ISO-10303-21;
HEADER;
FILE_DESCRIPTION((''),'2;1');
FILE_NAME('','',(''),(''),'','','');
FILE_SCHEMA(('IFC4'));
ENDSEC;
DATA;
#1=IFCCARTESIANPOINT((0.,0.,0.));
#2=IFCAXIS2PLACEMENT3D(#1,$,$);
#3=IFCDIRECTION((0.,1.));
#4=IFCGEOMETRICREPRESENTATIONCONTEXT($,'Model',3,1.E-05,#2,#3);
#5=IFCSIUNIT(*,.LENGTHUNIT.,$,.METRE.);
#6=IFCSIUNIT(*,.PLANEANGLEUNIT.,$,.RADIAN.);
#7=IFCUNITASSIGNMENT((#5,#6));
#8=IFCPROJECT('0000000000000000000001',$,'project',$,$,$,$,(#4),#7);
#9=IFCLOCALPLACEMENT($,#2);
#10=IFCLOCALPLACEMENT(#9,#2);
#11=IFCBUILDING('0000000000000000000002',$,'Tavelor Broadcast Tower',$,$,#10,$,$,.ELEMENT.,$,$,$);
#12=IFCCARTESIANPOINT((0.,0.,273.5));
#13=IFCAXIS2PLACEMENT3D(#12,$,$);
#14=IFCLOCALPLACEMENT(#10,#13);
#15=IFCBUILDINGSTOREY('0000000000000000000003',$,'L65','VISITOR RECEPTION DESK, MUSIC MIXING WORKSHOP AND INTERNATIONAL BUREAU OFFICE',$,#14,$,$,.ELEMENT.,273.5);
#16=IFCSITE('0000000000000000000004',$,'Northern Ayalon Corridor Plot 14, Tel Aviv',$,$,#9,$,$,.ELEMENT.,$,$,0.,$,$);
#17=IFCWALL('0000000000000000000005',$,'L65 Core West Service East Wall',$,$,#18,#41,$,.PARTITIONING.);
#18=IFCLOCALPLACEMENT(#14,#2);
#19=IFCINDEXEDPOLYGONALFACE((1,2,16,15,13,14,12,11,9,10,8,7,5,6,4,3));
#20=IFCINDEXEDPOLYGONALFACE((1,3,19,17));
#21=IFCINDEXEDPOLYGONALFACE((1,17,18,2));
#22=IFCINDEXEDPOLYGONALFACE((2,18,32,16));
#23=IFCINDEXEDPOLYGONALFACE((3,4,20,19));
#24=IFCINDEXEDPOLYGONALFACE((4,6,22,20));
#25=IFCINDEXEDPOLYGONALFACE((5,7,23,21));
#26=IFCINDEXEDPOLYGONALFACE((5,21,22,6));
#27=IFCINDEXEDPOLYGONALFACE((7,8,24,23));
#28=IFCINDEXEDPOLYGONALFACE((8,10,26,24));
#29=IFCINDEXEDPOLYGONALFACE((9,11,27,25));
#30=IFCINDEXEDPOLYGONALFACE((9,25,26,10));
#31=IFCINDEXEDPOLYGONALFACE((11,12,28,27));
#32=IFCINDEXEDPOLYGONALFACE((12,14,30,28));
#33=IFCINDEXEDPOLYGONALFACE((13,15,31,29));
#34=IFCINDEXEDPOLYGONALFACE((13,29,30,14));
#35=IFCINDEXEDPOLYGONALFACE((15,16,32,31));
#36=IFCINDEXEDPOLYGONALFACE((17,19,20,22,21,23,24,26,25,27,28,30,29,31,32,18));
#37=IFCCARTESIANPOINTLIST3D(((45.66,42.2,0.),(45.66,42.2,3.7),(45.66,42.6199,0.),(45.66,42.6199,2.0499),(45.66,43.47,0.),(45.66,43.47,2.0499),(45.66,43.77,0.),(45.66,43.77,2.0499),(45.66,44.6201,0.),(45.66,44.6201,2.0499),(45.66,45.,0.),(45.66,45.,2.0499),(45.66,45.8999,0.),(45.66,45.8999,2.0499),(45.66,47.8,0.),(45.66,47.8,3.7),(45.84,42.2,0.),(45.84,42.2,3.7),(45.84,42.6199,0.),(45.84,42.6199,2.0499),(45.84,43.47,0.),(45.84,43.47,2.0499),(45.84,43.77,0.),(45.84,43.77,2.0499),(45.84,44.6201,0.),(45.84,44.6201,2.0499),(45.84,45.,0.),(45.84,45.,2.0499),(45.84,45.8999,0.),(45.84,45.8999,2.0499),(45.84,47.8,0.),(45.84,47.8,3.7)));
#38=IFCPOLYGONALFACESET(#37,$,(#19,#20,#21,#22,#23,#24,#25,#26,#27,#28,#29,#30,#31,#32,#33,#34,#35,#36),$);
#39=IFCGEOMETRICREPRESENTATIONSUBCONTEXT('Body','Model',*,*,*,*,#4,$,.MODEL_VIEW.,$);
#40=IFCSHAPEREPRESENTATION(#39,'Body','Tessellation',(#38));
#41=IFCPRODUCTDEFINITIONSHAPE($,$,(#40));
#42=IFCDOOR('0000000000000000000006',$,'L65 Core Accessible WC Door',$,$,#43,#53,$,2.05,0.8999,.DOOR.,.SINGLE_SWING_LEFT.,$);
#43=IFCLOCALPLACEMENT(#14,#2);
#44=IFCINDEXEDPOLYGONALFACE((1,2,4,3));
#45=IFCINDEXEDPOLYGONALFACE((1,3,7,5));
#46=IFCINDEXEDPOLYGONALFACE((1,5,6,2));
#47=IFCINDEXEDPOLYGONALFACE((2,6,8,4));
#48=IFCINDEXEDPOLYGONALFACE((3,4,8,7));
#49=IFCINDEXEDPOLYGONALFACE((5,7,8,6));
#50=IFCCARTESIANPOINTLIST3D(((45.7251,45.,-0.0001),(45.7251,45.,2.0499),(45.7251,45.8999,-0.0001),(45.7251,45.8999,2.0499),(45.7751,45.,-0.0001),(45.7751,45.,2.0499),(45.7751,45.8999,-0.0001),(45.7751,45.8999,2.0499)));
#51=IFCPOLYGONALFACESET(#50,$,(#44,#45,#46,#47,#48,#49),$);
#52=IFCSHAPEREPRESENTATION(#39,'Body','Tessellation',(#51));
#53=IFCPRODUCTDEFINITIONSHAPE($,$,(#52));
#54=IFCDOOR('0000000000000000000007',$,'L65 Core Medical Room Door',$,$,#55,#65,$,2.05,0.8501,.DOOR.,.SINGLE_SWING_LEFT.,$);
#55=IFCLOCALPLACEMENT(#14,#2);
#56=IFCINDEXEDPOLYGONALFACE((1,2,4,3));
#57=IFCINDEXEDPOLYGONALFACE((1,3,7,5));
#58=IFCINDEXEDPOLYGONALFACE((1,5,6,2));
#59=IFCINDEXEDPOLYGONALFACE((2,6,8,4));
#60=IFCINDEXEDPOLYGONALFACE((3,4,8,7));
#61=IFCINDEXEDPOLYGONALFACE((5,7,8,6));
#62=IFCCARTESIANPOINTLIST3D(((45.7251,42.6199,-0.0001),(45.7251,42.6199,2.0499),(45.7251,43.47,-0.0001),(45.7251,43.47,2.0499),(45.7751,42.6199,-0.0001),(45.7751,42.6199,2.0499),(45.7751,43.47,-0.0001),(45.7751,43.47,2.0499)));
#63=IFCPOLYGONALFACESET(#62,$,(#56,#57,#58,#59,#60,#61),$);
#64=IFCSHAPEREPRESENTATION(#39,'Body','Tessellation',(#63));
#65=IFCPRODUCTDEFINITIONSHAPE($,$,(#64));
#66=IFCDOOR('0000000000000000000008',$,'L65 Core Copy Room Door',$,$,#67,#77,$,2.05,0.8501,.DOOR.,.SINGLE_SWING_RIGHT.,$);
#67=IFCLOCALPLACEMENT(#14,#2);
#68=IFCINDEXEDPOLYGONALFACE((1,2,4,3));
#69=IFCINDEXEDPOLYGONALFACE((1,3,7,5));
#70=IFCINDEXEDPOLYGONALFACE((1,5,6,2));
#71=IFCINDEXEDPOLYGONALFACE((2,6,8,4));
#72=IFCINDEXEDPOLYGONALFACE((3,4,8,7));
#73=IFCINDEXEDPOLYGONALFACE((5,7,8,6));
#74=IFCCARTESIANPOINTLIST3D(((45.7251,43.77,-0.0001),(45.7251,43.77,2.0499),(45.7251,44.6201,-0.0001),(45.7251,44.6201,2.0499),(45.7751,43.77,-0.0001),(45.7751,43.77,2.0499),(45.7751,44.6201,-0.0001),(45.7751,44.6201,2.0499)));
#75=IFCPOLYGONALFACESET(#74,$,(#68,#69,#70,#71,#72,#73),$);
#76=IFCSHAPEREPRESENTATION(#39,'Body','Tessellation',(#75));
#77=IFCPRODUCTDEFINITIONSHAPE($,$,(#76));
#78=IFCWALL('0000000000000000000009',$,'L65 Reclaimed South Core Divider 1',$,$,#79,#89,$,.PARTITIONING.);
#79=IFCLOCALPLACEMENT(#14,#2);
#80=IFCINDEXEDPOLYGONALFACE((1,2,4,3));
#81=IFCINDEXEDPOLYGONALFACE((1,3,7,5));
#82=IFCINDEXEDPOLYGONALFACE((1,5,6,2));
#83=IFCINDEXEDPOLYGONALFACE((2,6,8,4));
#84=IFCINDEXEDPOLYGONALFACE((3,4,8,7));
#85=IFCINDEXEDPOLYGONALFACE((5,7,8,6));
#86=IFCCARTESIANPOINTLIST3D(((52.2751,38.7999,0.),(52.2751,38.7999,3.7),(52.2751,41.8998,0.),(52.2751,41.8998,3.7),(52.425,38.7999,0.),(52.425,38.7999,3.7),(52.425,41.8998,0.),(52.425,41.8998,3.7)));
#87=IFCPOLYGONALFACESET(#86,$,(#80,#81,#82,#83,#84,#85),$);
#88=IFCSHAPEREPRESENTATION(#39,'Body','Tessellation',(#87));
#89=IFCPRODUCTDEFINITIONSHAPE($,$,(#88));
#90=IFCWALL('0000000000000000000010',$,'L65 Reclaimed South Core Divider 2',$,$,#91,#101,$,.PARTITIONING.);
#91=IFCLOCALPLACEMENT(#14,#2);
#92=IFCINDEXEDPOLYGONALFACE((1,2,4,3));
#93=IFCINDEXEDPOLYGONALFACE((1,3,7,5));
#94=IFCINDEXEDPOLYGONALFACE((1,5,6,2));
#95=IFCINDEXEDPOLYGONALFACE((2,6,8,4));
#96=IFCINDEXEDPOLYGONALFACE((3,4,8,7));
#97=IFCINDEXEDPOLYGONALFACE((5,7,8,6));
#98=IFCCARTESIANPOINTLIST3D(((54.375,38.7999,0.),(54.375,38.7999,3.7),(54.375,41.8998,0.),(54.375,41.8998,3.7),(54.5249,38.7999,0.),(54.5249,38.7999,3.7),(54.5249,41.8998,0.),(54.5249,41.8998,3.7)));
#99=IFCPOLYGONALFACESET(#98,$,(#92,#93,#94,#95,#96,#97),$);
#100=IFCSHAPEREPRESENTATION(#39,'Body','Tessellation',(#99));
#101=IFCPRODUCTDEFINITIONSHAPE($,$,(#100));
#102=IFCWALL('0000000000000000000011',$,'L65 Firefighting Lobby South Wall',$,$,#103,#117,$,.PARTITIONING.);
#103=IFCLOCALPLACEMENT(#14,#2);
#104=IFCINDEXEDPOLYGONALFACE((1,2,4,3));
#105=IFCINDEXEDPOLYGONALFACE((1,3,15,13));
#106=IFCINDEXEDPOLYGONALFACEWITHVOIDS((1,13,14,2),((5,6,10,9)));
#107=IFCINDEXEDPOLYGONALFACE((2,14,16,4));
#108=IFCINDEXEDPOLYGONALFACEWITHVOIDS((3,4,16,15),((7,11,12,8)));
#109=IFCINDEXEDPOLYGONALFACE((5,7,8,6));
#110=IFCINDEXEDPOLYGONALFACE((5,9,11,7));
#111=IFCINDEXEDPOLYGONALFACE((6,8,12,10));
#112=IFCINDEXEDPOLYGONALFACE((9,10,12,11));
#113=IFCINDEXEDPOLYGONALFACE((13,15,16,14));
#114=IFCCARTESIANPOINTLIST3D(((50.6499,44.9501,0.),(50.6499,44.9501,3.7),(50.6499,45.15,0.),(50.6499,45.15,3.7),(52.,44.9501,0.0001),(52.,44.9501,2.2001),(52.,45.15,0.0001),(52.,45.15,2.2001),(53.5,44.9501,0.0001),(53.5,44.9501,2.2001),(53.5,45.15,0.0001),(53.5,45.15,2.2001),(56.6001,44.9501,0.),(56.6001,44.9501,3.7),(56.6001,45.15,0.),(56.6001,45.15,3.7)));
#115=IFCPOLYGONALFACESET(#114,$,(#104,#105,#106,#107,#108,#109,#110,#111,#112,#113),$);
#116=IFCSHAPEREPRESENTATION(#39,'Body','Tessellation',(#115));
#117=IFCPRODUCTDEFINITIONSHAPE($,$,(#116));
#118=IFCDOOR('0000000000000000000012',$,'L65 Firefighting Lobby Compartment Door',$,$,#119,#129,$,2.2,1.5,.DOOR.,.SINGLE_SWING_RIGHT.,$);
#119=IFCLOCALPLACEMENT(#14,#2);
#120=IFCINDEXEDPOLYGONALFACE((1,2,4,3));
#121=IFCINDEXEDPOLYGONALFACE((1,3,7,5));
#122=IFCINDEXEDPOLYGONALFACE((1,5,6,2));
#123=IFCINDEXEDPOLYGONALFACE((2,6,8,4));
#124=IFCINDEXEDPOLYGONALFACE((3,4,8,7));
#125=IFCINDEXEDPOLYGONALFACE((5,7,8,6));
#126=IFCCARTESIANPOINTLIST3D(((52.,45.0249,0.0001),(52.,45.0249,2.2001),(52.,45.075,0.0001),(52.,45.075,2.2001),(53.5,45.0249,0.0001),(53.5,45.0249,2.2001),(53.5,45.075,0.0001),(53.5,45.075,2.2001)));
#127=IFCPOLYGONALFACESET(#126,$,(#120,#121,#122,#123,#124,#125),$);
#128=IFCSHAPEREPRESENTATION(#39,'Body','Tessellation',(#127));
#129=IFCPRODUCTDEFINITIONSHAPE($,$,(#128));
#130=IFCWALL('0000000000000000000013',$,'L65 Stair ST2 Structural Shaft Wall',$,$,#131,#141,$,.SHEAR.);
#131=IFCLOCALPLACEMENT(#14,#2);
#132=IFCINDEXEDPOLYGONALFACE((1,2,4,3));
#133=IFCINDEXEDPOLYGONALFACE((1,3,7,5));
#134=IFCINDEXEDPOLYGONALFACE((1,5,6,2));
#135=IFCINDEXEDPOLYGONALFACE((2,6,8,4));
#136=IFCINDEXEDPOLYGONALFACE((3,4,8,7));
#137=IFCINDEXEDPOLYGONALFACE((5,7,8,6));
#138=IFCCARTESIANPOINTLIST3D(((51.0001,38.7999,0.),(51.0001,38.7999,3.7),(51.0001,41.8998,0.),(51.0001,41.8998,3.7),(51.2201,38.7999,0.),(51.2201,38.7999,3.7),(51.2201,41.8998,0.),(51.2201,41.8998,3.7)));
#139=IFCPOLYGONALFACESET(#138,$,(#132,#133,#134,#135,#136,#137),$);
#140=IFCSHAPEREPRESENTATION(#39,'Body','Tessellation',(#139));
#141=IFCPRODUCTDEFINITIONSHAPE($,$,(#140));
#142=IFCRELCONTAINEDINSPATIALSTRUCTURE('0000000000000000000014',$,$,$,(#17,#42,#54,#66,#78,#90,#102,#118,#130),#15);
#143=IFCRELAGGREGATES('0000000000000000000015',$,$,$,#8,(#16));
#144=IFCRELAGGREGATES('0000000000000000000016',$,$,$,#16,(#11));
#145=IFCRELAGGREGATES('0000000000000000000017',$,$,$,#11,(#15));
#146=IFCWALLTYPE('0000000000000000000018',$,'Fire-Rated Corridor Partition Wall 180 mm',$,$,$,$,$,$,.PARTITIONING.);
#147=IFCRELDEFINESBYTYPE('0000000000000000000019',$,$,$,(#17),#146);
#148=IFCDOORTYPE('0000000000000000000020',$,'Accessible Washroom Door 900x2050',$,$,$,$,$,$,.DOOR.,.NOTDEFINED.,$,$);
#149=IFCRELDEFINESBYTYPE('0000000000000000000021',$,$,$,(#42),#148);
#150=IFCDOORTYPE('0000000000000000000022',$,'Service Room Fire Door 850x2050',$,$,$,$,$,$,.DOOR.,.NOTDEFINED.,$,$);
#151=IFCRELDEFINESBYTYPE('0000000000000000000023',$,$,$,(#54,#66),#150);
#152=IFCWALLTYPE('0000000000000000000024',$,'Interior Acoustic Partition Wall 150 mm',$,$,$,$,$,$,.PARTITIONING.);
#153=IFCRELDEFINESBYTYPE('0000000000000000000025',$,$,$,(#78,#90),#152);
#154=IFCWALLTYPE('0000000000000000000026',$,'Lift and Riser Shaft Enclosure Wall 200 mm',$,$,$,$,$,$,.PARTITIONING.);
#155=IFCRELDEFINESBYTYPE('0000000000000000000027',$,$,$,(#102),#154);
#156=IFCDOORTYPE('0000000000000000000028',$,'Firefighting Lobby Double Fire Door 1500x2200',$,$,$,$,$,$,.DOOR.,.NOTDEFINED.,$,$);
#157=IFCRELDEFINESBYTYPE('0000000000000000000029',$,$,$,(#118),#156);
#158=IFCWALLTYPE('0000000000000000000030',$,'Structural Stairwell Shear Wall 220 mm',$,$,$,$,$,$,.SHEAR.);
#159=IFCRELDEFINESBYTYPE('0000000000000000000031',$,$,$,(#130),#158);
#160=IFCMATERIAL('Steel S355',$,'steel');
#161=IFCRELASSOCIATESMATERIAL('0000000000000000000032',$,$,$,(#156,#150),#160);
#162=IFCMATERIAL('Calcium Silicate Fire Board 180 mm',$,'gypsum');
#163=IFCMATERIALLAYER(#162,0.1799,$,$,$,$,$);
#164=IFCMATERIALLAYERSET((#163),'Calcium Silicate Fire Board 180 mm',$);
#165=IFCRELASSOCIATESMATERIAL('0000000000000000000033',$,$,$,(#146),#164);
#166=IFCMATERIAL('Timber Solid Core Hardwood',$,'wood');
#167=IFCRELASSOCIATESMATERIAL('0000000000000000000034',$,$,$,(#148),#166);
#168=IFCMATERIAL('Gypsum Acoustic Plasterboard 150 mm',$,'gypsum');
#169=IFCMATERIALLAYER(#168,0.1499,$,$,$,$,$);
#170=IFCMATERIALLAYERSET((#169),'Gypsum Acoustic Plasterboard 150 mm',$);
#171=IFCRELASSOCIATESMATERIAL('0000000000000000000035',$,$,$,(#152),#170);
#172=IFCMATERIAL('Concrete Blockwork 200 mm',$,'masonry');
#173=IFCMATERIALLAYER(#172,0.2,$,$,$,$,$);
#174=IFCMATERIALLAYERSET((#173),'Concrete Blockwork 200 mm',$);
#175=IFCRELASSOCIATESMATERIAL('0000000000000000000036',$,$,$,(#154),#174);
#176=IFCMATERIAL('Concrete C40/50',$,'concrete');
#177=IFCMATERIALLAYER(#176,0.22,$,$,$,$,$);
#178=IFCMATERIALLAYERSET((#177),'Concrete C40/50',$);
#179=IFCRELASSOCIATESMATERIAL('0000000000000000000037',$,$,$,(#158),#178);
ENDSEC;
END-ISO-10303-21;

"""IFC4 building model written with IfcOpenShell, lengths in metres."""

from ifc_helpers import new_model, si_unit, direction, frame, frame_2d, origin, place, context, subcontext, project, spatial, rectangle, extrude, material, layer, layer_set, type_object, element, fill, save


model = new_model("IFC4")

# Units and contexts
model_context = context("Model", 3, precision=1e-05, world=origin(), true_north=direction((0.0, 1.0)))
body_context = subcontext(model_context, "Body", "Model", "MODEL_VIEW")
ifc_project = project(units=[si_unit("LENGTHUNIT", "METRE"), si_unit("PLANEANGLEUNIT", "RADIAN")], contexts=[model_context])

# Site, building, storey
site_placement = place(None, origin())
site = spatial("IfcSite", under=ifc_project, at=site_placement, Name="Northern Ayalon Corridor Plot 14, Tel Aviv", CompositionType="ELEMENT", RefElevation=0.0)
building_placement = place(site_placement, origin())
building = spatial("IfcBuilding", under=site, at=building_placement, Name="Tavelor Broadcast Tower", CompositionType="ELEMENT")
storey_placement = place(building_placement, frame((0.0, 0.0, 273.5)))
storey = spatial("IfcBuildingStorey", under=building, at=storey_placement, Name="L65", Description="VISITOR RECEPTION DESK, MUSIC MIXING WORKSHOP AND INTERNATIONAL BUREAU OFFICE", CompositionType="ELEMENT", Elevation=273.5)

# Shared definitions
ifc_material_1 = material(Name="Concrete C40/50", Category="concrete")
ifc_material_2 = material(Name="Steel S355", Category="steel")

# Shared definitions
door_type_1 = type_object("IfcDoorType", Name="Firefighting Lobby Double Fire Door 1500x2200", OperationType="NOTDEFINED", PredefinedType="DOOR", material=ifc_material_2)
ifc_material_3 = material(Name="Calcium Silicate Fire Board 180 mm", Category="gypsum")
ifc_layer_1 = layer(ifc_material_3, 0.1799)
ifc_layer_set_1 = layer_set([ifc_layer_1], Name="Calcium Silicate Fire Board 180 mm")
wall_type_1 = type_object("IfcWallType", Name="Fire-Rated Corridor Partition Wall 180 mm", PredefinedType="PARTITIONING", material=ifc_layer_set_1)

# Wall, openings, doors
wall_1_placement = place(storey_placement, frame((45.75, 42.2, 0.0), z_axis=(0.0, 0.0, 1.0), x_axis=(0.0, 1.0, 0.0)))
wall_1 = element("IfcWall", 1, at=wall_1_placement, inside=storey, type_object=wall_type_1, Name="L65 Core West Service East Wall", PredefinedType="PARTITIONING", context=body_context, shape_type="SweptSolid", body=[
    extrude(rectangle(XDim=5.6001, YDim=0.1799, at=frame_2d((2.8, 0.0))), origin(), (0.0, 0.0, 1.0), 3.7),
])
opening_1_placement = place(wall_1_placement, frame((0.4199, 0.0, 0.0)))
opening_1 = element("IfcOpeningElement", 2, at=opening_1_placement, cuts=wall_1, PredefinedType="OPENING", context=body_context, shape_type="SweptSolid", body=[
    extrude(rectangle(XDim=0.8501, YDim=2.05, at=frame_2d((0.425, 1.0249))), frame((0.0, 0.1001, 0.0), z_axis=(0.0, -1.0, 0.0), x_axis=(1.0, 0.0, 0.0)), (0.0, 0.0, 1.0), 0.2),
])
opening_2_placement = place(wall_1_placement, frame((1.5701, 0.0, 0.0)))
opening_2 = element("IfcOpeningElement", 3, at=opening_2_placement, cuts=wall_1, PredefinedType="OPENING", context=body_context, shape_type="SweptSolid", body=[
    extrude(rectangle(XDim=0.8501, YDim=2.05, at=frame_2d((0.425, 1.0249))), frame((0.0, 0.1001, 0.0), z_axis=(0.0, -1.0, 0.0), x_axis=(1.0, 0.0, 0.0)), (0.0, 0.0, 1.0), 0.2),
])
opening_3_placement = place(wall_1_placement, frame((2.8, 0.0, 0.0)))
opening_3 = element("IfcOpeningElement", 4, at=opening_3_placement, cuts=wall_1, PredefinedType="OPENING", context=body_context, shape_type="SweptSolid", body=[
    extrude(rectangle(XDim=0.8999, YDim=2.05, at=frame_2d((0.45, 1.0249))), frame((0.0, 0.1001, 0.0), z_axis=(0.0, -1.0, 0.0), x_axis=(1.0, 0.0, 0.0)), (0.0, 0.0, 1.0), 0.2),
])
ifc_material_4 = material(Name="Timber Solid Core Hardwood", Category="wood")
door_type_2 = type_object("IfcDoorType", Name="Accessible Washroom Door 900x2050", OperationType="NOTDEFINED", PredefinedType="DOOR", material=ifc_material_4)
door_1_placement = place(opening_3_placement, origin())
door_1 = element("IfcDoor", 5, at=door_1_placement, inside=storey, type_object=door_type_2, Name="L65 Core Accessible WC Door", OperationType="SINGLE_SWING_LEFT", OverallHeight=2.05, OverallWidth=0.8999, PredefinedType="DOOR", context=body_context, shape_type="SweptSolid", body=[
    extrude(rectangle(XDim=0.8999, YDim=2.05, at=frame_2d((0.45, 1.0249))), frame((0.0, 0.0249, 0.0), z_axis=(0.0, -1.0, 0.0), x_axis=(1.0, 0.0, 0.0)), (0.0, 0.0, 1.0), 0.05),
])
fill(opening_3, door_1)
door_type_3 = type_object("IfcDoorType", Name="Service Room Fire Door 850x2050", OperationType="NOTDEFINED", PredefinedType="DOOR", material=ifc_material_2)
door_2_placement = place(opening_1_placement, origin())
door_2 = element("IfcDoor", 6, at=door_2_placement, inside=storey, type_object=door_type_3, Name="L65 Core Medical Room Door", OperationType="SINGLE_SWING_LEFT", OverallHeight=2.05, OverallWidth=0.8501, PredefinedType="DOOR", context=body_context, shape_type="SweptSolid", body=[
    extrude(rectangle(XDim=0.8501, YDim=2.05, at=frame_2d((0.425, 1.0249))), frame((0.0, 0.0249, 0.0), z_axis=(0.0, -1.0, 0.0), x_axis=(1.0, 0.0, 0.0)), (0.0, 0.0, 1.0), 0.05),
])
fill(opening_1, door_2)
door_3_placement = place(opening_2_placement, origin())
door_3 = element("IfcDoor", 7, at=door_3_placement, inside=storey, type_object=door_type_3, Name="L65 Core Copy Room Door", OperationType="SINGLE_SWING_RIGHT", OverallHeight=2.05, OverallWidth=0.8501, PredefinedType="DOOR", context=body_context, shape_type="SweptSolid", body=[
    extrude(rectangle(XDim=0.8501, YDim=2.05, at=frame_2d((0.425, 1.0249))), frame((0.0, 0.0249, 0.0), z_axis=(0.0, -1.0, 0.0), x_axis=(1.0, 0.0, 0.0)), (0.0, 0.0, 1.0), 0.05),
])
fill(opening_2, door_3)

# Walls
ifc_material_5 = material(Name="Gypsum Acoustic Plasterboard 150 mm", Category="gypsum")
ifc_layer_2 = layer(ifc_material_5, 0.1499)
ifc_layer_set_2 = layer_set([ifc_layer_2], Name="Gypsum Acoustic Plasterboard 150 mm")
wall_type_2 = type_object("IfcWallType", Name="Interior Acoustic Partition Wall 150 mm", PredefinedType="PARTITIONING", material=ifc_layer_set_2)
for number, where, z_axis, x_axis, name in (
    (8, (52.3501, 38.8, 0.0), (0.0, 0.0, 1.0), (0.0, 1.0, 0.0), "L65 Reclaimed South Core Divider 1"),
    (9, (54.45, 38.8, 0.0), (0.0, 0.0, 1.0), (0.0, 1.0, 0.0), "L65 Reclaimed South Core Divider 2"),
):
    element("IfcWall", number, at=place(storey_placement, frame(where, z_axis=z_axis, x_axis=x_axis)), inside=storey, type_object=wall_type_2, Name=name, PredefinedType="PARTITIONING", context=body_context, shape_type="SweptSolid", body=[
        extrude(rectangle(XDim=3.0999, YDim=0.1499, at=frame_2d((1.5498, 0.0))), origin(), (0.0, 0.0, 1.0), 3.7),
    ])

# Wall, opening, door
ifc_material_6 = material(Name="Concrete Blockwork 200 mm", Category="masonry")
ifc_layer_3 = layer(ifc_material_6, 0.2)
ifc_layer_set_3 = layer_set([ifc_layer_3], Name="Concrete Blockwork 200 mm")
wall_type_3 = type_object("IfcWallType", Name="Lift and Riser Shaft Enclosure Wall 200 mm", PredefinedType="PARTITIONING", material=ifc_layer_set_3)
wall_2_placement = place(storey_placement, frame((50.6499, 45.05, 0.0), z_axis=(0.0, 0.0, 1.0), x_axis=(1.0, 0.0, 0.0)))
wall_2 = element("IfcWall", 10, at=wall_2_placement, inside=storey, type_object=wall_type_3, Name="L65 Firefighting Lobby South Wall", PredefinedType="PARTITIONING", context=body_context, shape_type="SweptSolid", body=[
    extrude(rectangle(XDim=5.9502, YDim=0.2, at=frame_2d((2.9751, 0.0))), origin(), (0.0, 0.0, 1.0), 3.7),
])
opening_4_placement = place(wall_2_placement, frame((1.3501, 0.0, 0.0)))
opening_4 = element("IfcOpeningElement", 11, at=opening_4_placement, cuts=wall_2, PredefinedType="OPENING", context=body_context, shape_type="SweptSolid", body=[
    extrude(rectangle(XDim=1.5, YDim=2.2, at=frame_2d((0.75, 1.1001))), frame((0.0, 0.1099, 0.0), z_axis=(0.0, -1.0, 0.0), x_axis=(1.0, 0.0, 0.0)), (0.0, 0.0, 1.0), 0.22),
])
door_4_placement = place(opening_4_placement, origin())
door_4 = element("IfcDoor", 12, at=door_4_placement, inside=storey, type_object=door_type_1, Name="L65 Firefighting Lobby Compartment Door", OperationType="SINGLE_SWING_RIGHT", OverallHeight=2.2, OverallWidth=1.5, PredefinedType="DOOR", context=body_context, shape_type="SweptSolid", body=[
    extrude(rectangle(XDim=1.5, YDim=2.2, at=frame_2d((0.75, 1.1001))), frame((0.0, 0.0249, 0.0), z_axis=(0.0, -1.0, 0.0), x_axis=(1.0, 0.0, 0.0)), (0.0, 0.0, 1.0), 0.05),
])
fill(opening_4, door_4)

# Wall
ifc_layer_4 = layer(ifc_material_1, 0.22)
ifc_layer_set_4 = layer_set([ifc_layer_4], Name="Concrete C40/50")
wall_type_4 = type_object("IfcWallType", Name="Structural Stairwell Shear Wall 220 mm", PredefinedType="SHEAR", material=ifc_layer_set_4)
wall_3_placement = place(storey_placement, frame((51.1101, 38.8, 0.0), z_axis=(0.0, 0.0, 1.0), x_axis=(0.0, 1.0, 0.0)))
element("IfcWall", 13, at=wall_3_placement, inside=storey, type_object=wall_type_4, Name="L65 Stair ST2 Structural Shaft Wall", PredefinedType="SHEAR", context=body_context, shape_type="SweptSolid", body=[
    extrude(rectangle(XDim=3.0999, YDim=0.22, at=frame_2d((1.5498, 0.0))), origin(), (0.0, 0.0, 1.0), 3.7),
])

save(model, "model.ifc")
